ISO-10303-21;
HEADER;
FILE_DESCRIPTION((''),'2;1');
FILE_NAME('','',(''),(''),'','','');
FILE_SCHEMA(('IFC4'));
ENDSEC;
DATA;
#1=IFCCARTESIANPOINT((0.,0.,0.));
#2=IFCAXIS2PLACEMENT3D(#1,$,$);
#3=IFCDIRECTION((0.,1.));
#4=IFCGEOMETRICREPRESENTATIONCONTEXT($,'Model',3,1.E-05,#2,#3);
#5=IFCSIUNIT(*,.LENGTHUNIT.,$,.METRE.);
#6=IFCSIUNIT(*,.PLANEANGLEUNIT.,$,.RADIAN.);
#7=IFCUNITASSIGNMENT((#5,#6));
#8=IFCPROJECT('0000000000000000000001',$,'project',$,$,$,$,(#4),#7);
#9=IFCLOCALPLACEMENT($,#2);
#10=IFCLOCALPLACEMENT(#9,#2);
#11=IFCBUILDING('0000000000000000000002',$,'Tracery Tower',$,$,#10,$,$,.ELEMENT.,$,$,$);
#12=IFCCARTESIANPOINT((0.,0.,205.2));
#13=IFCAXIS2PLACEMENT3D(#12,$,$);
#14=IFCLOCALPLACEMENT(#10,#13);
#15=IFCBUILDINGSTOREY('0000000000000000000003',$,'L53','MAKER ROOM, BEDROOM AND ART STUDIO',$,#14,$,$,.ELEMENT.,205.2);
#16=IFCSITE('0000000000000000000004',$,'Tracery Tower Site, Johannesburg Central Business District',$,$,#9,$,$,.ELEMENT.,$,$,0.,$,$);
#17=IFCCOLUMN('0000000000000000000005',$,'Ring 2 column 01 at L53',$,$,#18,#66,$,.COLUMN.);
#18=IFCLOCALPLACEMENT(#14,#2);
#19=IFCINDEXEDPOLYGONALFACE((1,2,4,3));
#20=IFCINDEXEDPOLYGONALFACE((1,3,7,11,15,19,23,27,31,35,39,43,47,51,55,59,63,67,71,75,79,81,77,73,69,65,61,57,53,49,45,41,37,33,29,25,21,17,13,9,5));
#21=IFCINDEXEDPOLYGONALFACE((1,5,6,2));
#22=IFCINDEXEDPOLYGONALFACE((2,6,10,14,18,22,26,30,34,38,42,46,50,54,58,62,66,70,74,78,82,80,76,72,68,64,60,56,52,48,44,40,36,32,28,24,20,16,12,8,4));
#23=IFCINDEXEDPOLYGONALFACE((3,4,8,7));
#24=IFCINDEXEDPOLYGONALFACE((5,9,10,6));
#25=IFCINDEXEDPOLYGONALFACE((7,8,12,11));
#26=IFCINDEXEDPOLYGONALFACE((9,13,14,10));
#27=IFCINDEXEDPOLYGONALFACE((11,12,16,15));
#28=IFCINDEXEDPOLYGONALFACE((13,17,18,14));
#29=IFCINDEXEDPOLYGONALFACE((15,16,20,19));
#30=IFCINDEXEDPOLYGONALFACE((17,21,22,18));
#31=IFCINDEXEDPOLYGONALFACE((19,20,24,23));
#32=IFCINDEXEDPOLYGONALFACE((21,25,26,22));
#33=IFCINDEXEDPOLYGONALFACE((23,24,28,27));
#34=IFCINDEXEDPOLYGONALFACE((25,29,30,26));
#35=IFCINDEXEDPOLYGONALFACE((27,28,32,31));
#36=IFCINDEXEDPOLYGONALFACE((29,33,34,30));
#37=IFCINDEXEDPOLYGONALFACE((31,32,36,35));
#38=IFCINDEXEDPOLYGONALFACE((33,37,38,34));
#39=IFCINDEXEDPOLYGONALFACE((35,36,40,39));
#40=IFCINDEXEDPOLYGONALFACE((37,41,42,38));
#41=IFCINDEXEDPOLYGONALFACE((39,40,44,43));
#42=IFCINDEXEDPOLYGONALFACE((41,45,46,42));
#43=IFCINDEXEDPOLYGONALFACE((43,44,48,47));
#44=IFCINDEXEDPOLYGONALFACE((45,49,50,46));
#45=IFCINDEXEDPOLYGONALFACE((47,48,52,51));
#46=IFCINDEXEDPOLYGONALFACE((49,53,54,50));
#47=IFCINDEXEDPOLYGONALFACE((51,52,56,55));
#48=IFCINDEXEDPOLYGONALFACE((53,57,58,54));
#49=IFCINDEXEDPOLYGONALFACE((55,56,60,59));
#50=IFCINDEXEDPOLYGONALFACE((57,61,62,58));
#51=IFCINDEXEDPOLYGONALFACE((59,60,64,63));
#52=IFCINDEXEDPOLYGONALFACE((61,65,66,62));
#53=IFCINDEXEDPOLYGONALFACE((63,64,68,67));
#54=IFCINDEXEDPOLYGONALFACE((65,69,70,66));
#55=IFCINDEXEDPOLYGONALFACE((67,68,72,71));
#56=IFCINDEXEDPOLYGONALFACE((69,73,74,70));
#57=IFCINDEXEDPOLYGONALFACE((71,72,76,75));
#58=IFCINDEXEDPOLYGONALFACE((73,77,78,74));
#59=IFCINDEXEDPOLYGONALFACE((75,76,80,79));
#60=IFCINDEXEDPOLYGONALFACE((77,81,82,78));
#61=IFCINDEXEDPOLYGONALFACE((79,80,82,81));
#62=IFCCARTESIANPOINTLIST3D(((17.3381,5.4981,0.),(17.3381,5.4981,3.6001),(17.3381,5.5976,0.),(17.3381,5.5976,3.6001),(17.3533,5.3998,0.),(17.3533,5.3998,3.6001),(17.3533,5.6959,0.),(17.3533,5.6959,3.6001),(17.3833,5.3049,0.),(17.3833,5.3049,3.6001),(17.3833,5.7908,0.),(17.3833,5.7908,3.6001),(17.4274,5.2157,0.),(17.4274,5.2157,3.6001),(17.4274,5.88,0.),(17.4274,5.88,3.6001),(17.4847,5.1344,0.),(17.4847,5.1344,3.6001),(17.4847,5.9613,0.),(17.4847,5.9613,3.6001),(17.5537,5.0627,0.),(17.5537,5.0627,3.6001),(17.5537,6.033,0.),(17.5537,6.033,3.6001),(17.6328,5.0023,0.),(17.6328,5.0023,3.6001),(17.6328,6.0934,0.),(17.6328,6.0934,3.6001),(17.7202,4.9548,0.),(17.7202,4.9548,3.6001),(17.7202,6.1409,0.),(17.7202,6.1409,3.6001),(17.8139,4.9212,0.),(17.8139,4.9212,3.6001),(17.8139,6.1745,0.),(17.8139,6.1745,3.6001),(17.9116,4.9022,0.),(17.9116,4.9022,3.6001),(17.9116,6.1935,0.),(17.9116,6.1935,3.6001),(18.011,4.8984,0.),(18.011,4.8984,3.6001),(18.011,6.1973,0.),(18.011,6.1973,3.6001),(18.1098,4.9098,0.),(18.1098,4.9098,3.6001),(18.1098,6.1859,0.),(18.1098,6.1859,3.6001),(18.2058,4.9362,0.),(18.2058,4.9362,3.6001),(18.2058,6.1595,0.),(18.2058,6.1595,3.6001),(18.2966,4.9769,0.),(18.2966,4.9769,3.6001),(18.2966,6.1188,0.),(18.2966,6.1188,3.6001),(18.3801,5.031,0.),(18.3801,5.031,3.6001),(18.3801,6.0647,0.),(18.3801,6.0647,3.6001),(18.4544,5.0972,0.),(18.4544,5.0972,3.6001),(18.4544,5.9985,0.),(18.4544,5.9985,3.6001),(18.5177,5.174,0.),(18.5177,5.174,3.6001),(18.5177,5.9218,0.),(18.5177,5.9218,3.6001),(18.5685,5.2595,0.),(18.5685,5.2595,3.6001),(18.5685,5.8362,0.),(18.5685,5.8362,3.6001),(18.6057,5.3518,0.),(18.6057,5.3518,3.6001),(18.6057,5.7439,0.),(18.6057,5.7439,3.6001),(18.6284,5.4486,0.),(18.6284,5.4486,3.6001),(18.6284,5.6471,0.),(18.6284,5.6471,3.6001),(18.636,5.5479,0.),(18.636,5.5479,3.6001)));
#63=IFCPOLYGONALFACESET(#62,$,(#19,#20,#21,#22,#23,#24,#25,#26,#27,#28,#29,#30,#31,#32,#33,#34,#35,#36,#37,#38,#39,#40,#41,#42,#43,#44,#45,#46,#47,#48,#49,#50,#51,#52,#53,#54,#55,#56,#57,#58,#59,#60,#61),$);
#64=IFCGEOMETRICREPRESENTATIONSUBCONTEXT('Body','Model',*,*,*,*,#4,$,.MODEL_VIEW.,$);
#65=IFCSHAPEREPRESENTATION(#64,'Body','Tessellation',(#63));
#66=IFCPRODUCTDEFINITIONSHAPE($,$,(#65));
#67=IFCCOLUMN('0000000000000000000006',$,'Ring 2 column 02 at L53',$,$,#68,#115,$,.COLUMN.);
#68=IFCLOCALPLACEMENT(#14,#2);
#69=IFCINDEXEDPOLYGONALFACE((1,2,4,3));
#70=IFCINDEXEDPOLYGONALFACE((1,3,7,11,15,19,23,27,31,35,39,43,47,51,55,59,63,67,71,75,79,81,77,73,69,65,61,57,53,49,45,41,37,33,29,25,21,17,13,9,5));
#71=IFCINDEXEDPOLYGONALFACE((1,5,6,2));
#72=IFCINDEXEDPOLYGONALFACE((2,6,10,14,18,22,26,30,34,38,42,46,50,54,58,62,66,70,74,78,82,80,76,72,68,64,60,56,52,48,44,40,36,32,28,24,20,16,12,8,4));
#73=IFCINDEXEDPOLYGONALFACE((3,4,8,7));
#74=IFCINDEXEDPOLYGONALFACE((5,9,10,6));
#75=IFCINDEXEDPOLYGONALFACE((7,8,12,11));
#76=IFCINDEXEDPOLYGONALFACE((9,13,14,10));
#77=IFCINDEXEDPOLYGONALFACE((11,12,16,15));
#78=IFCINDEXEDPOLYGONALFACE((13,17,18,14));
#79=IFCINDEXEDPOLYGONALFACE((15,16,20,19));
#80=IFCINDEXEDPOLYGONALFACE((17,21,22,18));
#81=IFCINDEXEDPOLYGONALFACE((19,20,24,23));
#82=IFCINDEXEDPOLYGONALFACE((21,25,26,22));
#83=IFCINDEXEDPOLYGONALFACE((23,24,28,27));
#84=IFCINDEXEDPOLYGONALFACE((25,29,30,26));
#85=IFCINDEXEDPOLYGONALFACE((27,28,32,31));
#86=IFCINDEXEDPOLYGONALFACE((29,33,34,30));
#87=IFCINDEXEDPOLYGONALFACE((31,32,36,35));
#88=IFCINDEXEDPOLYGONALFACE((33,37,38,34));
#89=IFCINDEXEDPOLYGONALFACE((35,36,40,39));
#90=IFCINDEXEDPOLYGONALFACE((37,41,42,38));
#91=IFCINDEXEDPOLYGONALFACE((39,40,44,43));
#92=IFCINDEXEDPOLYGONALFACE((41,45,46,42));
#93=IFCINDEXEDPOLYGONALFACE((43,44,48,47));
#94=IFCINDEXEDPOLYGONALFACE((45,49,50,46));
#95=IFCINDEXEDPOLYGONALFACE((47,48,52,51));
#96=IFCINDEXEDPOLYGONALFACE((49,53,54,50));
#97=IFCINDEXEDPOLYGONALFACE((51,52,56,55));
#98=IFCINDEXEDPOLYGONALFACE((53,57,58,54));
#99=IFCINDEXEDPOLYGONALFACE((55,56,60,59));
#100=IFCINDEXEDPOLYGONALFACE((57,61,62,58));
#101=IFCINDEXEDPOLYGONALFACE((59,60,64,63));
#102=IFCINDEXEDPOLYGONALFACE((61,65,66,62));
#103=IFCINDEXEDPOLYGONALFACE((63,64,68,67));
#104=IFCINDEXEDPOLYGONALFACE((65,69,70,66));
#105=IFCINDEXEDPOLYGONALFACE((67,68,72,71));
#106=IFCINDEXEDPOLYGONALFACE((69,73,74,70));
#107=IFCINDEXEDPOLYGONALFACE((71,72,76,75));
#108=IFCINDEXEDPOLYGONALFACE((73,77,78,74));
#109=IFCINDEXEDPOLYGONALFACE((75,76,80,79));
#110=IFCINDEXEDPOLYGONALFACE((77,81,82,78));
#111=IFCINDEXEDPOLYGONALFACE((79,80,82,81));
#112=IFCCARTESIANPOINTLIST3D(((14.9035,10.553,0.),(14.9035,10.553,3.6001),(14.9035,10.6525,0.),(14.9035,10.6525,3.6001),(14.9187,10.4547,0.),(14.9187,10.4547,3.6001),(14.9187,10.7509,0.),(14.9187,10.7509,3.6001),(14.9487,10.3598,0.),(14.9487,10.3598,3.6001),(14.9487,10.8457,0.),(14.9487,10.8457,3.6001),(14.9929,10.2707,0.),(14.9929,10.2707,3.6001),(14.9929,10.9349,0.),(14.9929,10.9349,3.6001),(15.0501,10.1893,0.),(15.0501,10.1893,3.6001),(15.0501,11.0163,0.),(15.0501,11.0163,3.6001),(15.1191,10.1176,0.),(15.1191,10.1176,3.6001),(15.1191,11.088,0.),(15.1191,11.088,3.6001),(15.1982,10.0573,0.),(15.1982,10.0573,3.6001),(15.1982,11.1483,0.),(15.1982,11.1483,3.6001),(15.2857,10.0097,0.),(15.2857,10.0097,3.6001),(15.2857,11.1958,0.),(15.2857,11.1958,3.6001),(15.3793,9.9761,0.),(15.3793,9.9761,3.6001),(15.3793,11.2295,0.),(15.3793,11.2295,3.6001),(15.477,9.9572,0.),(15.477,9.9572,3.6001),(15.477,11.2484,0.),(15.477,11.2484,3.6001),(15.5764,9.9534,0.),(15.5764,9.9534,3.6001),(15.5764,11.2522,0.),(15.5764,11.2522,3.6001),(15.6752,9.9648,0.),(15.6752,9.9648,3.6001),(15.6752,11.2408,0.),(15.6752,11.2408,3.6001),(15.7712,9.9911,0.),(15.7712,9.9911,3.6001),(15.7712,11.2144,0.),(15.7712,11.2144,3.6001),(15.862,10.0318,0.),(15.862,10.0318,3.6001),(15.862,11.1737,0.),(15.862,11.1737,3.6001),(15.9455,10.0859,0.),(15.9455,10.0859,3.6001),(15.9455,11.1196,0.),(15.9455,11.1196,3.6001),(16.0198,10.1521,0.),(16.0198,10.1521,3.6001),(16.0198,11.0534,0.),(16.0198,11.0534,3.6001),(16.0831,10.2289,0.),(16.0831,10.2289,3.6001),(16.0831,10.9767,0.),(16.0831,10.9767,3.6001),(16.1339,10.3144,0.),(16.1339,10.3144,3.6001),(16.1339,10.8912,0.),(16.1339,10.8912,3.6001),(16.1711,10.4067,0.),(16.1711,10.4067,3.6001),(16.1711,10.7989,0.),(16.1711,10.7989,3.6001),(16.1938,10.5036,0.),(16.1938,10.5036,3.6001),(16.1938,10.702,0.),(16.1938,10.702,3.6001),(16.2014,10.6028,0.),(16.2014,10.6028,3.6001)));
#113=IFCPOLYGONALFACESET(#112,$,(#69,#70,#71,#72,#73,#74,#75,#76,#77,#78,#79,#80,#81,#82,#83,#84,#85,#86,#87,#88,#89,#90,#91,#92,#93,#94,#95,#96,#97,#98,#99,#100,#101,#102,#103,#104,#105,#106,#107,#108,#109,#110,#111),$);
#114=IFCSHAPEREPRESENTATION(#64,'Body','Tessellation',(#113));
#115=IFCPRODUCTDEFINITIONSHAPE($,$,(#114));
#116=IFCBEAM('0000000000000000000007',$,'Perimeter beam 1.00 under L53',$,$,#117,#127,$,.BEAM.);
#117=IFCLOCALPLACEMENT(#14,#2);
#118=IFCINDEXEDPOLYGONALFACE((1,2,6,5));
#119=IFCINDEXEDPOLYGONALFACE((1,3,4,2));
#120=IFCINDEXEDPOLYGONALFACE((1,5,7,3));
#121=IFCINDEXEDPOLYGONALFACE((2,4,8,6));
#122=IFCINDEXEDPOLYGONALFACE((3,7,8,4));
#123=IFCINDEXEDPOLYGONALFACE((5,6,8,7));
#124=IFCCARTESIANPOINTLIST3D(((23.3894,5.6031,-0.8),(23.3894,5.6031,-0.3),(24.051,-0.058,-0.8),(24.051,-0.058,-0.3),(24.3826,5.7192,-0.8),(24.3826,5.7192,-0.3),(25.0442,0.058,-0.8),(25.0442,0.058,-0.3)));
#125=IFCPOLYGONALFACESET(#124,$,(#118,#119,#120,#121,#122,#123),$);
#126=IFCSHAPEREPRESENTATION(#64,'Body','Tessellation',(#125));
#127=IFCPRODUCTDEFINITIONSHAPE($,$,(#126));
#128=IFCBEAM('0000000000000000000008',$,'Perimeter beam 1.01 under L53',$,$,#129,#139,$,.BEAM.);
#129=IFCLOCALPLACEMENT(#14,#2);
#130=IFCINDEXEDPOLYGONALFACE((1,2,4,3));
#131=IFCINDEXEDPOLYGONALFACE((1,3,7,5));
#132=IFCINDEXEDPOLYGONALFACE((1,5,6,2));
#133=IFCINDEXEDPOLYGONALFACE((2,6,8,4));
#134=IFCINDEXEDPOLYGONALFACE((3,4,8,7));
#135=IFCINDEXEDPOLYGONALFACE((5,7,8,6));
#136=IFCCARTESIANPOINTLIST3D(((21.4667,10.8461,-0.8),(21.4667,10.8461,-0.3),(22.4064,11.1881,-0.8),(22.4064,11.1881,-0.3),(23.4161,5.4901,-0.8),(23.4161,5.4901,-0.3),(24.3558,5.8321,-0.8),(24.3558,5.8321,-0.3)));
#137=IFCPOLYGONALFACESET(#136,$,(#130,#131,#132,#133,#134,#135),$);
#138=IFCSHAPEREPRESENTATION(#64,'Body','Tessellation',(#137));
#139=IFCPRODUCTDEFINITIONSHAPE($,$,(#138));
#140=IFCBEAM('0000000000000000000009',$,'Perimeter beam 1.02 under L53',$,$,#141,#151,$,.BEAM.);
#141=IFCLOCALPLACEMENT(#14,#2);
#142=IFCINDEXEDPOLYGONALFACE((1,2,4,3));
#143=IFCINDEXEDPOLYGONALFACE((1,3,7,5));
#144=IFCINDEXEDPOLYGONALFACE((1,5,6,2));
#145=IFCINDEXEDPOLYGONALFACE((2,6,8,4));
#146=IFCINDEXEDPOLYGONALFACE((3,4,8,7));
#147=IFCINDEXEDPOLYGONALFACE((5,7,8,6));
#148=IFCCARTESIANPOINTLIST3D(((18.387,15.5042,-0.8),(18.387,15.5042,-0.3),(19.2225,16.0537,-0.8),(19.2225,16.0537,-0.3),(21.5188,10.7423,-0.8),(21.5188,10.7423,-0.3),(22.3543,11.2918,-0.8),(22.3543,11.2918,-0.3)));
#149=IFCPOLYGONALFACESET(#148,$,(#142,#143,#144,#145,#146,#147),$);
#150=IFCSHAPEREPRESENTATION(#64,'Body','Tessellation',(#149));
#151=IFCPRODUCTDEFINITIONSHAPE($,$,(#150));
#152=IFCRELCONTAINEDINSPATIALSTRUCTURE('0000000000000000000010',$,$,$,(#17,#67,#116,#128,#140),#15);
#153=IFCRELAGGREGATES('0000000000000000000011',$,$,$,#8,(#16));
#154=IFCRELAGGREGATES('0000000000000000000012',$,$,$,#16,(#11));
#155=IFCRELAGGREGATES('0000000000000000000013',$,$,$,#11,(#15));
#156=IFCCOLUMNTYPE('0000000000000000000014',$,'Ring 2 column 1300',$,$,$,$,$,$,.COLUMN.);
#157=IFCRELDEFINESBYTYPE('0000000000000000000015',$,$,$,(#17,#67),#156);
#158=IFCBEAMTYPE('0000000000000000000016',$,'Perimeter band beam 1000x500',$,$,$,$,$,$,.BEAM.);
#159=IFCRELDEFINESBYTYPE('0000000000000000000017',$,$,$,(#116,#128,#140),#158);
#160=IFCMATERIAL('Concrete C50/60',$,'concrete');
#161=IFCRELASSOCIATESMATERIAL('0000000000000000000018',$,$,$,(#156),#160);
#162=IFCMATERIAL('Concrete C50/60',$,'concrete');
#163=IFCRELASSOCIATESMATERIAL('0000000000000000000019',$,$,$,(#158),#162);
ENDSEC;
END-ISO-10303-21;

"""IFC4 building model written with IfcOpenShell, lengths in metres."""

from ifc_helpers import new_model, si_unit, direction, frame, origin, origin_2d, place, context, subcontext, project, spatial, rectangle, circle, extrude, material, material_profile, profile_set, type_object, element, save


model = new_model("IFC4")

# Units and contexts
model_context = context("Model", 3, precision=1e-05, world=origin(), true_north=direction((0.0, 1.0)))
body_context = subcontext(model_context, "Body", "Model", "MODEL_VIEW")
ifc_project = project(units=[si_unit("LENGTHUNIT", "METRE"), si_unit("PLANEANGLEUNIT", "RADIAN")], contexts=[model_context])

# Site, building, storey
site_placement = place(None, origin())
site = spatial("IfcSite", under=ifc_project, at=site_placement, Name="Tracery Tower Site, Johannesburg Central Business District", CompositionType="ELEMENT", RefElevation=0.0)
building_placement = place(site_placement, origin())
building = spatial("IfcBuilding", under=site, at=building_placement, Name="Tracery Tower", CompositionType="ELEMENT")
storey_placement = place(building_placement, frame((0.0, 0.0, 205.2)))
storey = spatial("IfcBuildingStorey", under=building, at=storey_placement, Name="L53", Description="MAKER ROOM, BEDROOM AND ART STUDIO", CompositionType="ELEMENT", Elevation=205.2)

# Columns
ifc_material_1 = material(Name="Concrete C50/60", Category="concrete")
ifc_material_profile_1 = material_profile(ifc_material_1, circle(Radius=0.6499, at=origin_2d()), Name="RC D1300")
ifc_profile_set_1 = profile_set([ifc_material_profile_1], Name="Concrete C50/60")
column_type_1 = type_object("IfcColumnType", Name="Ring 2 column 1300", PredefinedType="COLUMN", material=ifc_profile_set_1)
for number, where, z_axis, x_axis, name in (
    (1, (17.9861, 5.5479, 0.0), (0.0, 0.0, 1.0), (1.0, 0.0, 0.0), "Ring 2 column 01 at L53"),
    (2, (15.5515, 10.6028, 0.0), (0.0, 0.0, 1.0), (1.0, 0.0, 0.0), "Ring 2 column 02 at L53"),
):
    element("IfcColumn", number, at=place(storey_placement, frame(where, z_axis=z_axis, x_axis=x_axis)), inside=storey, type_object=column_type_1, Name=name, PredefinedType="COLUMN", context=body_context, shape_type="SweptSolid", body=[
        extrude(circle(Radius=0.6499, at=origin_2d()), origin(), (0.0, 0.0, 1.0), 3.6001),
    ])

# Beams
ifc_material_2 = material(Name="Concrete C50/60", Category="concrete")
ifc_material_profile_2 = material_profile(ifc_material_2, rectangle(XDim=1.0, YDim=0.5, at=origin_2d()), Name="RC 1000x500")
ifc_profile_set_2 = profile_set([ifc_material_profile_2], Name="Concrete C50/60")
beam_type = type_object("IfcBeamType", Name="Perimeter band beam 1000x500", PredefinedType="BEAM", material=ifc_profile_set_2)
for number, where, z_axis, x_axis, name in (
    (3, (24.5476, 0.0, -0.55), (-0.116081, 0.99324, 0.0), (-0.99324, -0.116081, 0.0), "Perimeter beam 1.00 under L53"),
    (4, (23.886, 5.6611, -0.55), (-0.342029, 0.93969, 0.0), (-0.93969, -0.342029, 0.0), "Perimeter beam 1.01 under L53"),
):
    element("IfcBeam", number, at=place(storey_placement, frame(where, z_axis=z_axis, x_axis=x_axis)), inside=storey, type_object=beam_type, Name=name, PredefinedType="BEAM", context=body_context, shape_type="SweptSolid", body=[
        extrude(rectangle(XDim=1.0, YDim=0.5, at=origin_2d()), origin(), (0.0, 0.0, 1.0), 5.6997),
    ])
beam_placement = place(storey_placement, frame((21.9365, 11.0171, -0.55), z_axis=(-0.54949, 0.8355, 0.0), x_axis=(-0.8355, -0.54949, 0.0)))
element("IfcBeam", 5, at=beam_placement, inside=storey, type_object=beam_type, Name="Perimeter beam 1.02 under L53", PredefinedType="BEAM", context=body_context, shape_type="SweptSolid", body=[
    extrude(rectangle(XDim=1.0, YDim=0.5, at=origin_2d()), origin(), (0.0, 0.0, 1.0), 5.6995),
])

save(model, "model.ifc")
